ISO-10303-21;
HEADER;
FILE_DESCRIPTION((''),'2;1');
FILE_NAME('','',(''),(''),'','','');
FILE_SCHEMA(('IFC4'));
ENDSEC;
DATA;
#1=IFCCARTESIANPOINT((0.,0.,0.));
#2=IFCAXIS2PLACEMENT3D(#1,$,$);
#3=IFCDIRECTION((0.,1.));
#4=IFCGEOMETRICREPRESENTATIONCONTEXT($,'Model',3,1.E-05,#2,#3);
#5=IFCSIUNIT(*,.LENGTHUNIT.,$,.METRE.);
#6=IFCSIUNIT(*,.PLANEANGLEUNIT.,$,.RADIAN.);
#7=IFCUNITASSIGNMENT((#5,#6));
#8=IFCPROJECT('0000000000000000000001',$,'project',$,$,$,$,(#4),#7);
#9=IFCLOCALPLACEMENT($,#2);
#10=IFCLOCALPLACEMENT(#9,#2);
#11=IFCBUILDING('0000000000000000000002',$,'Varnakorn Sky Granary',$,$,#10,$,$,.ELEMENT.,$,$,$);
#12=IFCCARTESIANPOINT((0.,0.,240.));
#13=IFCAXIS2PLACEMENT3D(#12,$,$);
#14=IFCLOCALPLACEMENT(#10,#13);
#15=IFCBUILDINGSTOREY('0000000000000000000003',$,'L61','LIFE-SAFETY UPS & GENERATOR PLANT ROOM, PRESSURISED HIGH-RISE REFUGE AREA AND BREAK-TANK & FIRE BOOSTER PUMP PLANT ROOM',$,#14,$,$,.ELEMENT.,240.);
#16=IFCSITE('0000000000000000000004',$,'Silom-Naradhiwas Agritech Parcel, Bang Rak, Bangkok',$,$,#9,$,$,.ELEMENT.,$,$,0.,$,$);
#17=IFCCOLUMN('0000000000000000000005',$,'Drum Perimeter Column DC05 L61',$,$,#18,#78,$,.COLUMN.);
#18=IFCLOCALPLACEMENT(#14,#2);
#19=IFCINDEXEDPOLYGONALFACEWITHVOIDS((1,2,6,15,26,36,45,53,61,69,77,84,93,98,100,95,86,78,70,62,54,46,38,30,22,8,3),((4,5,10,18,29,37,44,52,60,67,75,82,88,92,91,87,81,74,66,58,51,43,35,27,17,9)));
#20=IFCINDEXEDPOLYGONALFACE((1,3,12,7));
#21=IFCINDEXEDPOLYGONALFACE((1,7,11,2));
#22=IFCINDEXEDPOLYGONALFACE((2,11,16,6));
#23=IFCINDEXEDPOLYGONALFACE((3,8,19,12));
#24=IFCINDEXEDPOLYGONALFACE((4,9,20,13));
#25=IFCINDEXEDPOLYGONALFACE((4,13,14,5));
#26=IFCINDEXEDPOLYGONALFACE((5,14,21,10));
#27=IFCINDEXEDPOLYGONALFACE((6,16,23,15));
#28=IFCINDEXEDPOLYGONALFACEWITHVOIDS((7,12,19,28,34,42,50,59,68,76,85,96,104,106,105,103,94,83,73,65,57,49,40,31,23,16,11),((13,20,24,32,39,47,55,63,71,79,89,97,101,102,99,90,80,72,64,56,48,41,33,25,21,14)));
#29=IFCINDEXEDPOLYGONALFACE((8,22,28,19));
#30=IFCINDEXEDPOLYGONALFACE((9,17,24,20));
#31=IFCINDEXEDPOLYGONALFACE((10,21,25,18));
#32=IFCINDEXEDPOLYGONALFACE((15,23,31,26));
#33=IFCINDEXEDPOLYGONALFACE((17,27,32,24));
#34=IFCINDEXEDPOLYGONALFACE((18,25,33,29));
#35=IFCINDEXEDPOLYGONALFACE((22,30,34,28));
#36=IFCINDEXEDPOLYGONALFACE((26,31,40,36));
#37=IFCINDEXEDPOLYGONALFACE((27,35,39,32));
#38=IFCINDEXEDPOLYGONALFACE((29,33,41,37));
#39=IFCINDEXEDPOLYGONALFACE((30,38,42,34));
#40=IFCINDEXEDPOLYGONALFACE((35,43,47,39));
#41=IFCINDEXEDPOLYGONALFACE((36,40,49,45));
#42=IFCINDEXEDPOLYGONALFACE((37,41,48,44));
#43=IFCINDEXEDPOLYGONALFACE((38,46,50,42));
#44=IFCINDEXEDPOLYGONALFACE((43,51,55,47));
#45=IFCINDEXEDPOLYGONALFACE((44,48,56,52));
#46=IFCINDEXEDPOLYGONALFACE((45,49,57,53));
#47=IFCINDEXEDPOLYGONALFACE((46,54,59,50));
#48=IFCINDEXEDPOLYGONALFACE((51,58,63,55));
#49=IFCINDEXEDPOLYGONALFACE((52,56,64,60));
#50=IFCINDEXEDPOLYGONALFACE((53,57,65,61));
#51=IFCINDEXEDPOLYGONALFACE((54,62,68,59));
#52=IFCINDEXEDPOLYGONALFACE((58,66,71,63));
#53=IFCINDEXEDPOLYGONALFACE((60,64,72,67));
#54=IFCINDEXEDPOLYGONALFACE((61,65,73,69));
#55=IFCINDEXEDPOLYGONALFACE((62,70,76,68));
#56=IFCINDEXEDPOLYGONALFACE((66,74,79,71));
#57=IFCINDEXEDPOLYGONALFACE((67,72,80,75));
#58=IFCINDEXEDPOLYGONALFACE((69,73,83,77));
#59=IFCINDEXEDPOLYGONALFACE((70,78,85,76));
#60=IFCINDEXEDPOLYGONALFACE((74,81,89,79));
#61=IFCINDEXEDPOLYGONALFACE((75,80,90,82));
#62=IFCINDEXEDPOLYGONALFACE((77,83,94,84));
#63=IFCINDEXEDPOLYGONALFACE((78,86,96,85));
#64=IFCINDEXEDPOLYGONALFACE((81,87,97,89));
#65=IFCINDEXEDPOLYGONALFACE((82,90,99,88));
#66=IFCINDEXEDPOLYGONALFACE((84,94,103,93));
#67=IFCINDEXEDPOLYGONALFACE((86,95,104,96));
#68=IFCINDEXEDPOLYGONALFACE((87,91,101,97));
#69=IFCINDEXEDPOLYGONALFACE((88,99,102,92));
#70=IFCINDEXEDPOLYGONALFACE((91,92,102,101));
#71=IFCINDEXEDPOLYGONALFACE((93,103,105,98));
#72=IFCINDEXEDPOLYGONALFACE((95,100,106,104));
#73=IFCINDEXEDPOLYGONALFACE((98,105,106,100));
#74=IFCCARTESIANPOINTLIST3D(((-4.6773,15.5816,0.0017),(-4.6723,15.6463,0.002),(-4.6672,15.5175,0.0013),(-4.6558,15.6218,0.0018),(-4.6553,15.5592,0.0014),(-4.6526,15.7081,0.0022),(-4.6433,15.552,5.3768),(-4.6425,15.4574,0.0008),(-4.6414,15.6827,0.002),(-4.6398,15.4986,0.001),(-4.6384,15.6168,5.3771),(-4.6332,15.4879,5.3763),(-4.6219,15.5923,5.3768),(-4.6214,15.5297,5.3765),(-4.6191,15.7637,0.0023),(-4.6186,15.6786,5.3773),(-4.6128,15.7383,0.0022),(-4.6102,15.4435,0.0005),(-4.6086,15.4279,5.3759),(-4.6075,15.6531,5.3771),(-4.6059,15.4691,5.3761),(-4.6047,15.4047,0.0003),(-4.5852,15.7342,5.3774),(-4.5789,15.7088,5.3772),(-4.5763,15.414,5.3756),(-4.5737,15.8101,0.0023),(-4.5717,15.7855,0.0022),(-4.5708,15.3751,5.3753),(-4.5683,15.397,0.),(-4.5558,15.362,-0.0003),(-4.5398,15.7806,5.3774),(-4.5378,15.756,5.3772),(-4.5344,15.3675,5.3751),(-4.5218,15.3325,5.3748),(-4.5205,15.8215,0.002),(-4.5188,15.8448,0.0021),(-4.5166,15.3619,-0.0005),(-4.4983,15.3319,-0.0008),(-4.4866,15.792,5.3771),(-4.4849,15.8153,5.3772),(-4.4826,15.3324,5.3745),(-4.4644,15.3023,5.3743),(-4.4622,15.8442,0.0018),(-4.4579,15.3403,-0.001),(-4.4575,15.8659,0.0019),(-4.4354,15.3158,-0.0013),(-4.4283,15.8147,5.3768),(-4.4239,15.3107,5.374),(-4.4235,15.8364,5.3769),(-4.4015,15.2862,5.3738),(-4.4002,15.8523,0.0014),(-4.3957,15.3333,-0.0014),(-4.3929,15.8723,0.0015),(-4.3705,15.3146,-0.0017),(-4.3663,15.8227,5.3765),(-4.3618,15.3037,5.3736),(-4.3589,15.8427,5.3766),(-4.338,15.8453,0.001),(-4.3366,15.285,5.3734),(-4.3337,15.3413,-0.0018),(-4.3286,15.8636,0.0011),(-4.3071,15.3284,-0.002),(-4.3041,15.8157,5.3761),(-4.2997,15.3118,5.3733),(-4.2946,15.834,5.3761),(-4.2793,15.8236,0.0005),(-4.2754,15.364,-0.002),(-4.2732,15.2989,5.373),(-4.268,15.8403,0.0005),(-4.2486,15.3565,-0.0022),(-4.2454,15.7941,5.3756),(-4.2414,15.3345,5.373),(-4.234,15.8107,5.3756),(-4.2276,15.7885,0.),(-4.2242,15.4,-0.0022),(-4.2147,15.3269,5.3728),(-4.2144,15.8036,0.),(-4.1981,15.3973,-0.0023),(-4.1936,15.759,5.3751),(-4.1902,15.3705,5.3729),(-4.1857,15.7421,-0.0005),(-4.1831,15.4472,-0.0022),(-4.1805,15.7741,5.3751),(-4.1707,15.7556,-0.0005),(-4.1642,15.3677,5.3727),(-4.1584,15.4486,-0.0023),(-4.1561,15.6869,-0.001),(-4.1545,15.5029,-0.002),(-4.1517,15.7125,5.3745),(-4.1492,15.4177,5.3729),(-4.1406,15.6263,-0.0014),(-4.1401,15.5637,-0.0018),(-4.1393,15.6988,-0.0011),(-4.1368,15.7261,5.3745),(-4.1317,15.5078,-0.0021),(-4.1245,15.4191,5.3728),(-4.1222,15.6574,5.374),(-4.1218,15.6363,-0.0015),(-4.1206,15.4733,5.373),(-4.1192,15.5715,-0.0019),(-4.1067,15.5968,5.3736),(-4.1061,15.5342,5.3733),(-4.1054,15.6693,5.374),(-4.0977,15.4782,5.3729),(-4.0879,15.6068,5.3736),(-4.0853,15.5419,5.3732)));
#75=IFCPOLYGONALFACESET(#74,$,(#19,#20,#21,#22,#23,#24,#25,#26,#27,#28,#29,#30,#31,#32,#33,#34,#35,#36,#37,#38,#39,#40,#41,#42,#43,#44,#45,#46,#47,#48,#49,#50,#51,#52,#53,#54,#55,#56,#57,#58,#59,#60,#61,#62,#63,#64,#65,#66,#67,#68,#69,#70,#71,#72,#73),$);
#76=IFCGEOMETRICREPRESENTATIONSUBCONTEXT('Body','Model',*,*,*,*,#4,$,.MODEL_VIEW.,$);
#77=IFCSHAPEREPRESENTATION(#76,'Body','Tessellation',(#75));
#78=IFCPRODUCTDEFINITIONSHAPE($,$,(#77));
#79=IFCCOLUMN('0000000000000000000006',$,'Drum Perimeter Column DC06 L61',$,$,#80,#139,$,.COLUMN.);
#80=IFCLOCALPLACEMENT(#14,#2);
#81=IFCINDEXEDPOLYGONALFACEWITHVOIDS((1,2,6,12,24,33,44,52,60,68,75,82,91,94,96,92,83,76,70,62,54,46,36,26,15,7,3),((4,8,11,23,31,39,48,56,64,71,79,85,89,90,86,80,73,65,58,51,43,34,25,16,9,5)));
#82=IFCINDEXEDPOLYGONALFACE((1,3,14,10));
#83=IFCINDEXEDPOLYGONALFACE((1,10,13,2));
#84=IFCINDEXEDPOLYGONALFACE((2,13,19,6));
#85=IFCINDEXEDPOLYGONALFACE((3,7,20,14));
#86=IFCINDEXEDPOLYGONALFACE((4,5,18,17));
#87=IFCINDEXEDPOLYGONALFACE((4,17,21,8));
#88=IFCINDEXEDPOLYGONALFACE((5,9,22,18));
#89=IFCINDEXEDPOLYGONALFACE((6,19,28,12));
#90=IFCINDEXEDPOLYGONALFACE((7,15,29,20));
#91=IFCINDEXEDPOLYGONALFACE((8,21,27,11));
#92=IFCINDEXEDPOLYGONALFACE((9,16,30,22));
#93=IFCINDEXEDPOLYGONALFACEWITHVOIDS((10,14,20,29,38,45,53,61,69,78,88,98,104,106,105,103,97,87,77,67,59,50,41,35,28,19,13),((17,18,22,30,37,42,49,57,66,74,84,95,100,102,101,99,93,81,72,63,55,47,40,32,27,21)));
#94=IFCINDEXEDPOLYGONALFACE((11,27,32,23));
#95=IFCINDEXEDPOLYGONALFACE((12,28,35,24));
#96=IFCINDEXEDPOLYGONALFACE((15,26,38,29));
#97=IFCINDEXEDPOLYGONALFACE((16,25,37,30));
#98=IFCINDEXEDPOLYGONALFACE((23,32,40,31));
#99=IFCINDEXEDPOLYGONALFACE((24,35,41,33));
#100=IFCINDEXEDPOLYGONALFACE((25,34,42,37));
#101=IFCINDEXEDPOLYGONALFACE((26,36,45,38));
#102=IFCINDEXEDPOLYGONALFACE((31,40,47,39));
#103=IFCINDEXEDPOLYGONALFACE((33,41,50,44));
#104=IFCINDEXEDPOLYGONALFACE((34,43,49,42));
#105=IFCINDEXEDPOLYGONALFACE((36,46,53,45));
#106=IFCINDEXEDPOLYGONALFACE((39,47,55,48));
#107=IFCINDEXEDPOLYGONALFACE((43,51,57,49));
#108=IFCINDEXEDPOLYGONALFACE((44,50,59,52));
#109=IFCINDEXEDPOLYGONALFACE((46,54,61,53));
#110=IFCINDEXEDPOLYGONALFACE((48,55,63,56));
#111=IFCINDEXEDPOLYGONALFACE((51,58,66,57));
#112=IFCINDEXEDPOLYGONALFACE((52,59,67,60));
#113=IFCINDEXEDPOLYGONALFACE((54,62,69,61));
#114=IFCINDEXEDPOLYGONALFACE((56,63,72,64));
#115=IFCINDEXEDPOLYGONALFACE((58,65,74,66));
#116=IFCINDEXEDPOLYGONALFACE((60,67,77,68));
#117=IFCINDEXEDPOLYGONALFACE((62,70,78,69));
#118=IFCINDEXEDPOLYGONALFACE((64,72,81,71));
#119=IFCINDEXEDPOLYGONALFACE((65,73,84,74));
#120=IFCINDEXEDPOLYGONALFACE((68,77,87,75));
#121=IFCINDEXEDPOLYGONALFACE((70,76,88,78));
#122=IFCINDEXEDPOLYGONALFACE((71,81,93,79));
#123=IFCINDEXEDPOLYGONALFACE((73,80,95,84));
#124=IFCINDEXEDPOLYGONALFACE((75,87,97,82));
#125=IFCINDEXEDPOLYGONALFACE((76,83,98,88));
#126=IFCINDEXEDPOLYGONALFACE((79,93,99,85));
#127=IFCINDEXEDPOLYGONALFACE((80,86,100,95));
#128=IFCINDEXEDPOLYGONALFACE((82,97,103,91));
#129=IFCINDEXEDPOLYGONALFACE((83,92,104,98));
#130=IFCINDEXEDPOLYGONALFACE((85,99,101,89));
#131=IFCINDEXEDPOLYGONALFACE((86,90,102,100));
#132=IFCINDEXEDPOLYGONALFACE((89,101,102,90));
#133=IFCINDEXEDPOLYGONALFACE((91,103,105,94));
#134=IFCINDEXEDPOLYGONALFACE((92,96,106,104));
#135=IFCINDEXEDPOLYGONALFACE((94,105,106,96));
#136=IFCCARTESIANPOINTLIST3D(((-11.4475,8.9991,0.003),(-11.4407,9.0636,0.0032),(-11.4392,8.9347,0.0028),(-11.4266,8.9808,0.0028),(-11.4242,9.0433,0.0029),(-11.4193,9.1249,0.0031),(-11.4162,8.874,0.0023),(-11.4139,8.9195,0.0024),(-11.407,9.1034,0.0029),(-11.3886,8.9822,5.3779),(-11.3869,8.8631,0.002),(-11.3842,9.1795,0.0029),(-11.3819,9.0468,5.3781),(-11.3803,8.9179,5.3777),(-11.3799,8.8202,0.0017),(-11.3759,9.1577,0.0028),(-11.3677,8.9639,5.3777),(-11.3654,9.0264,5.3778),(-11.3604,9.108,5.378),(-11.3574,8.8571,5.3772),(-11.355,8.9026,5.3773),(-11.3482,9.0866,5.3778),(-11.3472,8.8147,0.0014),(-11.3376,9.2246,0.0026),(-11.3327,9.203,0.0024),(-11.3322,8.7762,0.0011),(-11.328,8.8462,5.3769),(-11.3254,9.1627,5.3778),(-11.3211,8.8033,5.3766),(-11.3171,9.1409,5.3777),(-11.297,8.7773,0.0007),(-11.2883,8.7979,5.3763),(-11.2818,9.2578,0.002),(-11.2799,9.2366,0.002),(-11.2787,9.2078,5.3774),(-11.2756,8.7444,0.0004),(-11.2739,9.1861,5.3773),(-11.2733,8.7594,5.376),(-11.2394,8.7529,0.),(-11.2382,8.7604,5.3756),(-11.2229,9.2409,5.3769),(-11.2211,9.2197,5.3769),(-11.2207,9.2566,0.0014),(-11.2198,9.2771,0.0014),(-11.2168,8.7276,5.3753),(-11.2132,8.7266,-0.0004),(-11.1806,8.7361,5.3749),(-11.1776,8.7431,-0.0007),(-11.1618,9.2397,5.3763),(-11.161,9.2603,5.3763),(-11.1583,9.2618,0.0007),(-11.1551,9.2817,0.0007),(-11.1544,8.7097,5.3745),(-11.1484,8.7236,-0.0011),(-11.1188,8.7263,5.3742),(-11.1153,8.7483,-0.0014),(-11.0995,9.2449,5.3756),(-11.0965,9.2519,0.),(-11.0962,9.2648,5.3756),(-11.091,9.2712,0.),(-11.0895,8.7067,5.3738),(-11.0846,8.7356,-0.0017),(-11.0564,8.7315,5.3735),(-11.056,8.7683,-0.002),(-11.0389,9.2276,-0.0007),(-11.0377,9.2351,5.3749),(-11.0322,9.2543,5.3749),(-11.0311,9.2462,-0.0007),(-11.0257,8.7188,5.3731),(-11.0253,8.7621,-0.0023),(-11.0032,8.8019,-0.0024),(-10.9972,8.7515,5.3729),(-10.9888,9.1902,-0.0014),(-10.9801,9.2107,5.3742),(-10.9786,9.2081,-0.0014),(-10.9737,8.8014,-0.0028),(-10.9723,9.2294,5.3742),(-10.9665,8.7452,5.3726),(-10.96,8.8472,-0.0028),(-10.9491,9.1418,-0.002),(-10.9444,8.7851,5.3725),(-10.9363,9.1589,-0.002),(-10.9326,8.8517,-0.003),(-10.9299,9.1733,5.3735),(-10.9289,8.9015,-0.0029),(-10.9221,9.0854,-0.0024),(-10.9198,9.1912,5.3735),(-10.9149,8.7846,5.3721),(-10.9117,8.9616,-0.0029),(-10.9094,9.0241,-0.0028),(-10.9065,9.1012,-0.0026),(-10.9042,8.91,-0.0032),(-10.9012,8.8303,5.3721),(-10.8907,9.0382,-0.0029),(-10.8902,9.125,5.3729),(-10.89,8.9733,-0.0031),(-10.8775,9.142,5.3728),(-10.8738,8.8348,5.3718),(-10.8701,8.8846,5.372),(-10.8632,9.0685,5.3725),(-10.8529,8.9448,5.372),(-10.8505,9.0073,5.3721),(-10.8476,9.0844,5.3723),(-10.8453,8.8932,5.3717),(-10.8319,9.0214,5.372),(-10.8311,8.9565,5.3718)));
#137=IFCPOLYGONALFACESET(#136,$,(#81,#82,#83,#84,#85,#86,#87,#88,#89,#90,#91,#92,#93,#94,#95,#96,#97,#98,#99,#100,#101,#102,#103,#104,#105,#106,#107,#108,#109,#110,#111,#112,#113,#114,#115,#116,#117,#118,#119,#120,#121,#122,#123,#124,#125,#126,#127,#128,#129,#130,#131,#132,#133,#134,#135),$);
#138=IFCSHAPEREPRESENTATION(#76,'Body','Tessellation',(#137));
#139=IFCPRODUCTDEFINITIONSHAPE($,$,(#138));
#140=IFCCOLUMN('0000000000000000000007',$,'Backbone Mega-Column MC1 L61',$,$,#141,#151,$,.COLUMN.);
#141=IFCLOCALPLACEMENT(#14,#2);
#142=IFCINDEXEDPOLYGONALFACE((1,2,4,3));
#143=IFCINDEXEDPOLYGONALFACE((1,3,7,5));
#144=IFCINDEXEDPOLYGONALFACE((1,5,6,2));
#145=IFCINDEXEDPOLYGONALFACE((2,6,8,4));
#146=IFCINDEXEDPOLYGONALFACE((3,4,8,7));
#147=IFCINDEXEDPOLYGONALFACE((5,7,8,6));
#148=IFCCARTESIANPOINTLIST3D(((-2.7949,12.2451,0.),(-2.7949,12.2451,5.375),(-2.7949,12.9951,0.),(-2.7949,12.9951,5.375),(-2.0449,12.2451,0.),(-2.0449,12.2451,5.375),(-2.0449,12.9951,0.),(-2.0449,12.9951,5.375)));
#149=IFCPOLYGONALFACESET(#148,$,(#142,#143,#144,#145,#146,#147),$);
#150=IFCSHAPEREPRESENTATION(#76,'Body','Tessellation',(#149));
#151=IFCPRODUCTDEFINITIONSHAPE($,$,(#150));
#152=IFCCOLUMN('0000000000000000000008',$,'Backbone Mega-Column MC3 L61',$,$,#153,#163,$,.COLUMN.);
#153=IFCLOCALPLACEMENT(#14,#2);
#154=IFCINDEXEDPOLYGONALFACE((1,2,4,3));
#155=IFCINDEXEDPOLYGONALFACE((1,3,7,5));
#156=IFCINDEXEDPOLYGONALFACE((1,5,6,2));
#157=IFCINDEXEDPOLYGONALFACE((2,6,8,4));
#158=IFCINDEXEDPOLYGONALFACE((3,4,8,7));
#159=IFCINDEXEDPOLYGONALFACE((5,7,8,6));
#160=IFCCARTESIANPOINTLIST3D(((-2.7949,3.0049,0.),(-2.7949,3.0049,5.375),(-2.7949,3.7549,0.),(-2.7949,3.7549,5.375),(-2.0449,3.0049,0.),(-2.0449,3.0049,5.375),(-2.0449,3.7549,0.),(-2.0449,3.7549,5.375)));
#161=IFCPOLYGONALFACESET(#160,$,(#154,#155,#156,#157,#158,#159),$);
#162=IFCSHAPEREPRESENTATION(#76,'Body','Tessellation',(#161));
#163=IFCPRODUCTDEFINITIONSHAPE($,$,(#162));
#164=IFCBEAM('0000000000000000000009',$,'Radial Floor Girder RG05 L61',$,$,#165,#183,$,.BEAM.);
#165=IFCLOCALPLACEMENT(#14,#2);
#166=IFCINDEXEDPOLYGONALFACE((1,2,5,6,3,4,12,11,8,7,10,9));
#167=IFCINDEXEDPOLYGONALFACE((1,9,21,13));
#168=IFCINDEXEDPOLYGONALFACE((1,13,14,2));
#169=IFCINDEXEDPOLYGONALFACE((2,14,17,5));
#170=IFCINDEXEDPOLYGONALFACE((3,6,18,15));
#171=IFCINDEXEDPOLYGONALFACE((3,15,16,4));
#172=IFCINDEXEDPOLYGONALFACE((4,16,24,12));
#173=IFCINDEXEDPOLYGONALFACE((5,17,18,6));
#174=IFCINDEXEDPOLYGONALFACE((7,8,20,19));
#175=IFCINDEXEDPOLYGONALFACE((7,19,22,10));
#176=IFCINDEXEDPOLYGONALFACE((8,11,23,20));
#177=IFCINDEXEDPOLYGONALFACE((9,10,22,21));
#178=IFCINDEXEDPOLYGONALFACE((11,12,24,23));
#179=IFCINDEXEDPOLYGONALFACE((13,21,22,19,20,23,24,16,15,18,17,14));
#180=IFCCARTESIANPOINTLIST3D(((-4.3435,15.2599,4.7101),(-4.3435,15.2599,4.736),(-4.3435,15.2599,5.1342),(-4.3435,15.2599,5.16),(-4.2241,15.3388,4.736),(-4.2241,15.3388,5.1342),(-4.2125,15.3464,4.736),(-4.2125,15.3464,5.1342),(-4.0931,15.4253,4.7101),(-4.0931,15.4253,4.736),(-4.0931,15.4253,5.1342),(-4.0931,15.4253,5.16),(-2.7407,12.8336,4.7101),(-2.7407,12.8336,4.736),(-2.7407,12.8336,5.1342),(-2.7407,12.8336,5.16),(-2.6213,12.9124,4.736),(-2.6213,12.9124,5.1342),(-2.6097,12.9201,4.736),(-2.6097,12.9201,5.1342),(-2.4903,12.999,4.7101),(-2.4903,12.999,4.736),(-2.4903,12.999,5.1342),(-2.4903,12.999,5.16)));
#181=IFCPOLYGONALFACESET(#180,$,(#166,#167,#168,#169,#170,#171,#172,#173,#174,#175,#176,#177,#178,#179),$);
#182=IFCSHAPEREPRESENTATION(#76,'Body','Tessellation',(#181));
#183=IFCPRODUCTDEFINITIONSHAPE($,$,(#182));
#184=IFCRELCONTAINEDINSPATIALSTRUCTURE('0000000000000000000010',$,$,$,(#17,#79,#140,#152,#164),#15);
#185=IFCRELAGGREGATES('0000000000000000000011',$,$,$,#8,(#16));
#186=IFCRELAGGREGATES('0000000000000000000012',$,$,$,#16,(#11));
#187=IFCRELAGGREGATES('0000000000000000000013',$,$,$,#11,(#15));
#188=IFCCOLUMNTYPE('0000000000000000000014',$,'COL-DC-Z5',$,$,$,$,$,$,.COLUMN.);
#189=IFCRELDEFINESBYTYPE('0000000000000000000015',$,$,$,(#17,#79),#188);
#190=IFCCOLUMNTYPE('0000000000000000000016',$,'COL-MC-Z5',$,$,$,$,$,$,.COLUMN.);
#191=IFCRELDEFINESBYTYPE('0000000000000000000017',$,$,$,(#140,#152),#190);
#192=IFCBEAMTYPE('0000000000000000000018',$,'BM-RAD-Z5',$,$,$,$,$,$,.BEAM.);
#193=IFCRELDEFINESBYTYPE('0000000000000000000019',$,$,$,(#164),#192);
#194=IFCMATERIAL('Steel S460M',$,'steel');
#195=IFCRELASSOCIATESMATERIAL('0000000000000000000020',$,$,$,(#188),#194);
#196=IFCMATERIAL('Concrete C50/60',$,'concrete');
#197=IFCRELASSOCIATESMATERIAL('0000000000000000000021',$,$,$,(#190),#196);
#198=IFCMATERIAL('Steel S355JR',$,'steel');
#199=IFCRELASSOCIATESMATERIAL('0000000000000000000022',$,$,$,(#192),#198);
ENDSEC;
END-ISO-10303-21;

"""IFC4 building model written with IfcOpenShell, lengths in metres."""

from ifc_helpers import new_model, si_unit, direction, frame, origin, origin_2d, place, context, subcontext, project, spatial, rectangle, hollow_circle, i_section, extrude, material, material_profile, profile_set, type_object, element, save


model = new_model("IFC4")

# Units and contexts
model_context = context("Model", 3, precision=1e-05, world=origin(), true_north=direction((0.0, 1.0)))
body_context = subcontext(model_context, "Body", "Model", "MODEL_VIEW")
ifc_project = project(units=[si_unit("LENGTHUNIT", "METRE"), si_unit("PLANEANGLEUNIT", "RADIAN")], contexts=[model_context])

# Site, building, storey
site_placement = place(None, origin())
site = spatial("IfcSite", under=ifc_project, at=site_placement, Name="Silom-Naradhiwas Agritech Parcel, Bang Rak, Bangkok", CompositionType="ELEMENT", RefElevation=0.0)
building_placement = place(site_placement, origin())
building = spatial("IfcBuilding", under=site, at=building_placement, Name="Varnakorn Sky Granary", CompositionType="ELEMENT")
storey_placement = place(building_placement, frame((0.0, 0.0, 240.0)))
storey = spatial("IfcBuildingStorey", under=building, at=storey_placement, Name="L61", Description="LIFE-SAFETY UPS & GENERATOR PLANT ROOM, PRESSURISED HIGH-RISE REFUGE AREA AND BREAK-TANK & FIRE BOOSTER PUMP PLANT ROOM", CompositionType="ELEMENT", Elevation=240.0)

# Columns
ifc_material_1 = material(Name="Steel S460M", Category="steel")
ifc_material_profile_1 = material_profile(ifc_material_1, hollow_circle(Radius=0.2795, WallThickness=0.02, at=origin_2d()), Name="CHS 559x20")
ifc_profile_set_1 = profile_set([ifc_material_profile_1], Name="Steel S460M")
column_type_1 = type_object("IfcColumnType", Name="COL-DC-Z5", PredefinedType="COLUMN", material=ifc_profile_set_1)
for number, where, z_axis, x_axis, name in (
    (1, (-4.3979, 15.5928, 0.0), (0.006313, -0.005496, 0.999965), (0.656582, 0.754255, 0.0), "Drum Perimeter Column DC05 L61"),
    (2, (-11.168, 9.0024, 0.0), (0.010946, -0.003134, 0.999935), (0.275248, 0.961373, 0.0), "Drum Perimeter Column DC06 L61"),
):
    element("IfcColumn", number, at=place(storey_placement, frame(where, z_axis=z_axis, x_axis=x_axis)), inside=storey, type_object=column_type_1, Name=name, PredefinedType="COLUMN", context=body_context, shape_type="SweptSolid", body=[
        extrude(hollow_circle(Radius=0.2795, WallThickness=0.02, at=origin_2d()), origin(), (0.0, 0.0, 1.0), 5.3752),
    ])
ifc_material_2 = material(Name="Concrete C50/60", Category="concrete")
ifc_material_profile_2 = material_profile(ifc_material_2, rectangle(XDim=0.75, YDim=0.75, at=origin_2d()), Name="RC 750x750")
ifc_profile_set_2 = profile_set([ifc_material_profile_2], Name="Concrete C50/60")
column_type_2 = type_object("IfcColumnType", Name="COL-MC-Z5", PredefinedType="COLUMN", material=ifc_profile_set_2)
for number, where, z_axis, x_axis, name in (
    (3, (-2.4199, 12.6201, 0.0), (0.0, 0.0, 1.0), (1.0, 0.0, 0.0), "Backbone Mega-Column MC1 L61"),
    (4, (-2.4199, 3.3799, 0.0), (0.0, 0.0, 1.0), (1.0, 0.0, 0.0), "Backbone Mega-Column MC3 L61"),
):
    element("IfcColumn", number, at=place(storey_placement, frame(where, z_axis=z_axis, x_axis=x_axis)), inside=storey, type_object=column_type_2, Name=name, PredefinedType="COLUMN", context=body_context, shape_type="SweptSolid", body=[
        extrude(rectangle(XDim=0.75, YDim=0.75, at=origin_2d()), origin(), (0.0, 0.0, 1.0), 5.375),
    ])

# Beam
ifc_material_3 = material(Name="Steel S355JR", Category="steel")
ifc_material_profile_3 = material_profile(ifc_material_3, i_section(OverallWidth=0.3, OverallDepth=0.45, WebThickness=0.0139, FlangeThickness=0.0259, at=origin_2d()), Name="HE 450 B")
ifc_profile_set_3 = profile_set([ifc_material_profile_3], Name="Steel S355JR")
beam_type_1 = type_object("IfcBeamType", Name="BM-RAD-Z5", PredefinedType="BEAM", material=ifc_profile_set_3)
beam_1_placement = place(storey_placement, frame((-2.6155, 12.9163, 4.9351), z_axis=(-0.551188, 0.834381, 0.0), x_axis=(-0.834381, -0.551188, 0.0)))
element("IfcBeam", 5, at=beam_1_placement, inside=storey, type_object=beam_type_1, Name="Radial Floor Girder RG05 L61", PredefinedType="BEAM", context=body_context, shape_type="SweptSolid", body=[
    extrude(i_section(OverallWidth=0.3, OverallDepth=0.45, WebThickness=0.0139, FlangeThickness=0.0259, at=origin_2d()), origin(), (0.0, 0.0, 1.0), 2.908),
])

save(model, "model.ifc")
